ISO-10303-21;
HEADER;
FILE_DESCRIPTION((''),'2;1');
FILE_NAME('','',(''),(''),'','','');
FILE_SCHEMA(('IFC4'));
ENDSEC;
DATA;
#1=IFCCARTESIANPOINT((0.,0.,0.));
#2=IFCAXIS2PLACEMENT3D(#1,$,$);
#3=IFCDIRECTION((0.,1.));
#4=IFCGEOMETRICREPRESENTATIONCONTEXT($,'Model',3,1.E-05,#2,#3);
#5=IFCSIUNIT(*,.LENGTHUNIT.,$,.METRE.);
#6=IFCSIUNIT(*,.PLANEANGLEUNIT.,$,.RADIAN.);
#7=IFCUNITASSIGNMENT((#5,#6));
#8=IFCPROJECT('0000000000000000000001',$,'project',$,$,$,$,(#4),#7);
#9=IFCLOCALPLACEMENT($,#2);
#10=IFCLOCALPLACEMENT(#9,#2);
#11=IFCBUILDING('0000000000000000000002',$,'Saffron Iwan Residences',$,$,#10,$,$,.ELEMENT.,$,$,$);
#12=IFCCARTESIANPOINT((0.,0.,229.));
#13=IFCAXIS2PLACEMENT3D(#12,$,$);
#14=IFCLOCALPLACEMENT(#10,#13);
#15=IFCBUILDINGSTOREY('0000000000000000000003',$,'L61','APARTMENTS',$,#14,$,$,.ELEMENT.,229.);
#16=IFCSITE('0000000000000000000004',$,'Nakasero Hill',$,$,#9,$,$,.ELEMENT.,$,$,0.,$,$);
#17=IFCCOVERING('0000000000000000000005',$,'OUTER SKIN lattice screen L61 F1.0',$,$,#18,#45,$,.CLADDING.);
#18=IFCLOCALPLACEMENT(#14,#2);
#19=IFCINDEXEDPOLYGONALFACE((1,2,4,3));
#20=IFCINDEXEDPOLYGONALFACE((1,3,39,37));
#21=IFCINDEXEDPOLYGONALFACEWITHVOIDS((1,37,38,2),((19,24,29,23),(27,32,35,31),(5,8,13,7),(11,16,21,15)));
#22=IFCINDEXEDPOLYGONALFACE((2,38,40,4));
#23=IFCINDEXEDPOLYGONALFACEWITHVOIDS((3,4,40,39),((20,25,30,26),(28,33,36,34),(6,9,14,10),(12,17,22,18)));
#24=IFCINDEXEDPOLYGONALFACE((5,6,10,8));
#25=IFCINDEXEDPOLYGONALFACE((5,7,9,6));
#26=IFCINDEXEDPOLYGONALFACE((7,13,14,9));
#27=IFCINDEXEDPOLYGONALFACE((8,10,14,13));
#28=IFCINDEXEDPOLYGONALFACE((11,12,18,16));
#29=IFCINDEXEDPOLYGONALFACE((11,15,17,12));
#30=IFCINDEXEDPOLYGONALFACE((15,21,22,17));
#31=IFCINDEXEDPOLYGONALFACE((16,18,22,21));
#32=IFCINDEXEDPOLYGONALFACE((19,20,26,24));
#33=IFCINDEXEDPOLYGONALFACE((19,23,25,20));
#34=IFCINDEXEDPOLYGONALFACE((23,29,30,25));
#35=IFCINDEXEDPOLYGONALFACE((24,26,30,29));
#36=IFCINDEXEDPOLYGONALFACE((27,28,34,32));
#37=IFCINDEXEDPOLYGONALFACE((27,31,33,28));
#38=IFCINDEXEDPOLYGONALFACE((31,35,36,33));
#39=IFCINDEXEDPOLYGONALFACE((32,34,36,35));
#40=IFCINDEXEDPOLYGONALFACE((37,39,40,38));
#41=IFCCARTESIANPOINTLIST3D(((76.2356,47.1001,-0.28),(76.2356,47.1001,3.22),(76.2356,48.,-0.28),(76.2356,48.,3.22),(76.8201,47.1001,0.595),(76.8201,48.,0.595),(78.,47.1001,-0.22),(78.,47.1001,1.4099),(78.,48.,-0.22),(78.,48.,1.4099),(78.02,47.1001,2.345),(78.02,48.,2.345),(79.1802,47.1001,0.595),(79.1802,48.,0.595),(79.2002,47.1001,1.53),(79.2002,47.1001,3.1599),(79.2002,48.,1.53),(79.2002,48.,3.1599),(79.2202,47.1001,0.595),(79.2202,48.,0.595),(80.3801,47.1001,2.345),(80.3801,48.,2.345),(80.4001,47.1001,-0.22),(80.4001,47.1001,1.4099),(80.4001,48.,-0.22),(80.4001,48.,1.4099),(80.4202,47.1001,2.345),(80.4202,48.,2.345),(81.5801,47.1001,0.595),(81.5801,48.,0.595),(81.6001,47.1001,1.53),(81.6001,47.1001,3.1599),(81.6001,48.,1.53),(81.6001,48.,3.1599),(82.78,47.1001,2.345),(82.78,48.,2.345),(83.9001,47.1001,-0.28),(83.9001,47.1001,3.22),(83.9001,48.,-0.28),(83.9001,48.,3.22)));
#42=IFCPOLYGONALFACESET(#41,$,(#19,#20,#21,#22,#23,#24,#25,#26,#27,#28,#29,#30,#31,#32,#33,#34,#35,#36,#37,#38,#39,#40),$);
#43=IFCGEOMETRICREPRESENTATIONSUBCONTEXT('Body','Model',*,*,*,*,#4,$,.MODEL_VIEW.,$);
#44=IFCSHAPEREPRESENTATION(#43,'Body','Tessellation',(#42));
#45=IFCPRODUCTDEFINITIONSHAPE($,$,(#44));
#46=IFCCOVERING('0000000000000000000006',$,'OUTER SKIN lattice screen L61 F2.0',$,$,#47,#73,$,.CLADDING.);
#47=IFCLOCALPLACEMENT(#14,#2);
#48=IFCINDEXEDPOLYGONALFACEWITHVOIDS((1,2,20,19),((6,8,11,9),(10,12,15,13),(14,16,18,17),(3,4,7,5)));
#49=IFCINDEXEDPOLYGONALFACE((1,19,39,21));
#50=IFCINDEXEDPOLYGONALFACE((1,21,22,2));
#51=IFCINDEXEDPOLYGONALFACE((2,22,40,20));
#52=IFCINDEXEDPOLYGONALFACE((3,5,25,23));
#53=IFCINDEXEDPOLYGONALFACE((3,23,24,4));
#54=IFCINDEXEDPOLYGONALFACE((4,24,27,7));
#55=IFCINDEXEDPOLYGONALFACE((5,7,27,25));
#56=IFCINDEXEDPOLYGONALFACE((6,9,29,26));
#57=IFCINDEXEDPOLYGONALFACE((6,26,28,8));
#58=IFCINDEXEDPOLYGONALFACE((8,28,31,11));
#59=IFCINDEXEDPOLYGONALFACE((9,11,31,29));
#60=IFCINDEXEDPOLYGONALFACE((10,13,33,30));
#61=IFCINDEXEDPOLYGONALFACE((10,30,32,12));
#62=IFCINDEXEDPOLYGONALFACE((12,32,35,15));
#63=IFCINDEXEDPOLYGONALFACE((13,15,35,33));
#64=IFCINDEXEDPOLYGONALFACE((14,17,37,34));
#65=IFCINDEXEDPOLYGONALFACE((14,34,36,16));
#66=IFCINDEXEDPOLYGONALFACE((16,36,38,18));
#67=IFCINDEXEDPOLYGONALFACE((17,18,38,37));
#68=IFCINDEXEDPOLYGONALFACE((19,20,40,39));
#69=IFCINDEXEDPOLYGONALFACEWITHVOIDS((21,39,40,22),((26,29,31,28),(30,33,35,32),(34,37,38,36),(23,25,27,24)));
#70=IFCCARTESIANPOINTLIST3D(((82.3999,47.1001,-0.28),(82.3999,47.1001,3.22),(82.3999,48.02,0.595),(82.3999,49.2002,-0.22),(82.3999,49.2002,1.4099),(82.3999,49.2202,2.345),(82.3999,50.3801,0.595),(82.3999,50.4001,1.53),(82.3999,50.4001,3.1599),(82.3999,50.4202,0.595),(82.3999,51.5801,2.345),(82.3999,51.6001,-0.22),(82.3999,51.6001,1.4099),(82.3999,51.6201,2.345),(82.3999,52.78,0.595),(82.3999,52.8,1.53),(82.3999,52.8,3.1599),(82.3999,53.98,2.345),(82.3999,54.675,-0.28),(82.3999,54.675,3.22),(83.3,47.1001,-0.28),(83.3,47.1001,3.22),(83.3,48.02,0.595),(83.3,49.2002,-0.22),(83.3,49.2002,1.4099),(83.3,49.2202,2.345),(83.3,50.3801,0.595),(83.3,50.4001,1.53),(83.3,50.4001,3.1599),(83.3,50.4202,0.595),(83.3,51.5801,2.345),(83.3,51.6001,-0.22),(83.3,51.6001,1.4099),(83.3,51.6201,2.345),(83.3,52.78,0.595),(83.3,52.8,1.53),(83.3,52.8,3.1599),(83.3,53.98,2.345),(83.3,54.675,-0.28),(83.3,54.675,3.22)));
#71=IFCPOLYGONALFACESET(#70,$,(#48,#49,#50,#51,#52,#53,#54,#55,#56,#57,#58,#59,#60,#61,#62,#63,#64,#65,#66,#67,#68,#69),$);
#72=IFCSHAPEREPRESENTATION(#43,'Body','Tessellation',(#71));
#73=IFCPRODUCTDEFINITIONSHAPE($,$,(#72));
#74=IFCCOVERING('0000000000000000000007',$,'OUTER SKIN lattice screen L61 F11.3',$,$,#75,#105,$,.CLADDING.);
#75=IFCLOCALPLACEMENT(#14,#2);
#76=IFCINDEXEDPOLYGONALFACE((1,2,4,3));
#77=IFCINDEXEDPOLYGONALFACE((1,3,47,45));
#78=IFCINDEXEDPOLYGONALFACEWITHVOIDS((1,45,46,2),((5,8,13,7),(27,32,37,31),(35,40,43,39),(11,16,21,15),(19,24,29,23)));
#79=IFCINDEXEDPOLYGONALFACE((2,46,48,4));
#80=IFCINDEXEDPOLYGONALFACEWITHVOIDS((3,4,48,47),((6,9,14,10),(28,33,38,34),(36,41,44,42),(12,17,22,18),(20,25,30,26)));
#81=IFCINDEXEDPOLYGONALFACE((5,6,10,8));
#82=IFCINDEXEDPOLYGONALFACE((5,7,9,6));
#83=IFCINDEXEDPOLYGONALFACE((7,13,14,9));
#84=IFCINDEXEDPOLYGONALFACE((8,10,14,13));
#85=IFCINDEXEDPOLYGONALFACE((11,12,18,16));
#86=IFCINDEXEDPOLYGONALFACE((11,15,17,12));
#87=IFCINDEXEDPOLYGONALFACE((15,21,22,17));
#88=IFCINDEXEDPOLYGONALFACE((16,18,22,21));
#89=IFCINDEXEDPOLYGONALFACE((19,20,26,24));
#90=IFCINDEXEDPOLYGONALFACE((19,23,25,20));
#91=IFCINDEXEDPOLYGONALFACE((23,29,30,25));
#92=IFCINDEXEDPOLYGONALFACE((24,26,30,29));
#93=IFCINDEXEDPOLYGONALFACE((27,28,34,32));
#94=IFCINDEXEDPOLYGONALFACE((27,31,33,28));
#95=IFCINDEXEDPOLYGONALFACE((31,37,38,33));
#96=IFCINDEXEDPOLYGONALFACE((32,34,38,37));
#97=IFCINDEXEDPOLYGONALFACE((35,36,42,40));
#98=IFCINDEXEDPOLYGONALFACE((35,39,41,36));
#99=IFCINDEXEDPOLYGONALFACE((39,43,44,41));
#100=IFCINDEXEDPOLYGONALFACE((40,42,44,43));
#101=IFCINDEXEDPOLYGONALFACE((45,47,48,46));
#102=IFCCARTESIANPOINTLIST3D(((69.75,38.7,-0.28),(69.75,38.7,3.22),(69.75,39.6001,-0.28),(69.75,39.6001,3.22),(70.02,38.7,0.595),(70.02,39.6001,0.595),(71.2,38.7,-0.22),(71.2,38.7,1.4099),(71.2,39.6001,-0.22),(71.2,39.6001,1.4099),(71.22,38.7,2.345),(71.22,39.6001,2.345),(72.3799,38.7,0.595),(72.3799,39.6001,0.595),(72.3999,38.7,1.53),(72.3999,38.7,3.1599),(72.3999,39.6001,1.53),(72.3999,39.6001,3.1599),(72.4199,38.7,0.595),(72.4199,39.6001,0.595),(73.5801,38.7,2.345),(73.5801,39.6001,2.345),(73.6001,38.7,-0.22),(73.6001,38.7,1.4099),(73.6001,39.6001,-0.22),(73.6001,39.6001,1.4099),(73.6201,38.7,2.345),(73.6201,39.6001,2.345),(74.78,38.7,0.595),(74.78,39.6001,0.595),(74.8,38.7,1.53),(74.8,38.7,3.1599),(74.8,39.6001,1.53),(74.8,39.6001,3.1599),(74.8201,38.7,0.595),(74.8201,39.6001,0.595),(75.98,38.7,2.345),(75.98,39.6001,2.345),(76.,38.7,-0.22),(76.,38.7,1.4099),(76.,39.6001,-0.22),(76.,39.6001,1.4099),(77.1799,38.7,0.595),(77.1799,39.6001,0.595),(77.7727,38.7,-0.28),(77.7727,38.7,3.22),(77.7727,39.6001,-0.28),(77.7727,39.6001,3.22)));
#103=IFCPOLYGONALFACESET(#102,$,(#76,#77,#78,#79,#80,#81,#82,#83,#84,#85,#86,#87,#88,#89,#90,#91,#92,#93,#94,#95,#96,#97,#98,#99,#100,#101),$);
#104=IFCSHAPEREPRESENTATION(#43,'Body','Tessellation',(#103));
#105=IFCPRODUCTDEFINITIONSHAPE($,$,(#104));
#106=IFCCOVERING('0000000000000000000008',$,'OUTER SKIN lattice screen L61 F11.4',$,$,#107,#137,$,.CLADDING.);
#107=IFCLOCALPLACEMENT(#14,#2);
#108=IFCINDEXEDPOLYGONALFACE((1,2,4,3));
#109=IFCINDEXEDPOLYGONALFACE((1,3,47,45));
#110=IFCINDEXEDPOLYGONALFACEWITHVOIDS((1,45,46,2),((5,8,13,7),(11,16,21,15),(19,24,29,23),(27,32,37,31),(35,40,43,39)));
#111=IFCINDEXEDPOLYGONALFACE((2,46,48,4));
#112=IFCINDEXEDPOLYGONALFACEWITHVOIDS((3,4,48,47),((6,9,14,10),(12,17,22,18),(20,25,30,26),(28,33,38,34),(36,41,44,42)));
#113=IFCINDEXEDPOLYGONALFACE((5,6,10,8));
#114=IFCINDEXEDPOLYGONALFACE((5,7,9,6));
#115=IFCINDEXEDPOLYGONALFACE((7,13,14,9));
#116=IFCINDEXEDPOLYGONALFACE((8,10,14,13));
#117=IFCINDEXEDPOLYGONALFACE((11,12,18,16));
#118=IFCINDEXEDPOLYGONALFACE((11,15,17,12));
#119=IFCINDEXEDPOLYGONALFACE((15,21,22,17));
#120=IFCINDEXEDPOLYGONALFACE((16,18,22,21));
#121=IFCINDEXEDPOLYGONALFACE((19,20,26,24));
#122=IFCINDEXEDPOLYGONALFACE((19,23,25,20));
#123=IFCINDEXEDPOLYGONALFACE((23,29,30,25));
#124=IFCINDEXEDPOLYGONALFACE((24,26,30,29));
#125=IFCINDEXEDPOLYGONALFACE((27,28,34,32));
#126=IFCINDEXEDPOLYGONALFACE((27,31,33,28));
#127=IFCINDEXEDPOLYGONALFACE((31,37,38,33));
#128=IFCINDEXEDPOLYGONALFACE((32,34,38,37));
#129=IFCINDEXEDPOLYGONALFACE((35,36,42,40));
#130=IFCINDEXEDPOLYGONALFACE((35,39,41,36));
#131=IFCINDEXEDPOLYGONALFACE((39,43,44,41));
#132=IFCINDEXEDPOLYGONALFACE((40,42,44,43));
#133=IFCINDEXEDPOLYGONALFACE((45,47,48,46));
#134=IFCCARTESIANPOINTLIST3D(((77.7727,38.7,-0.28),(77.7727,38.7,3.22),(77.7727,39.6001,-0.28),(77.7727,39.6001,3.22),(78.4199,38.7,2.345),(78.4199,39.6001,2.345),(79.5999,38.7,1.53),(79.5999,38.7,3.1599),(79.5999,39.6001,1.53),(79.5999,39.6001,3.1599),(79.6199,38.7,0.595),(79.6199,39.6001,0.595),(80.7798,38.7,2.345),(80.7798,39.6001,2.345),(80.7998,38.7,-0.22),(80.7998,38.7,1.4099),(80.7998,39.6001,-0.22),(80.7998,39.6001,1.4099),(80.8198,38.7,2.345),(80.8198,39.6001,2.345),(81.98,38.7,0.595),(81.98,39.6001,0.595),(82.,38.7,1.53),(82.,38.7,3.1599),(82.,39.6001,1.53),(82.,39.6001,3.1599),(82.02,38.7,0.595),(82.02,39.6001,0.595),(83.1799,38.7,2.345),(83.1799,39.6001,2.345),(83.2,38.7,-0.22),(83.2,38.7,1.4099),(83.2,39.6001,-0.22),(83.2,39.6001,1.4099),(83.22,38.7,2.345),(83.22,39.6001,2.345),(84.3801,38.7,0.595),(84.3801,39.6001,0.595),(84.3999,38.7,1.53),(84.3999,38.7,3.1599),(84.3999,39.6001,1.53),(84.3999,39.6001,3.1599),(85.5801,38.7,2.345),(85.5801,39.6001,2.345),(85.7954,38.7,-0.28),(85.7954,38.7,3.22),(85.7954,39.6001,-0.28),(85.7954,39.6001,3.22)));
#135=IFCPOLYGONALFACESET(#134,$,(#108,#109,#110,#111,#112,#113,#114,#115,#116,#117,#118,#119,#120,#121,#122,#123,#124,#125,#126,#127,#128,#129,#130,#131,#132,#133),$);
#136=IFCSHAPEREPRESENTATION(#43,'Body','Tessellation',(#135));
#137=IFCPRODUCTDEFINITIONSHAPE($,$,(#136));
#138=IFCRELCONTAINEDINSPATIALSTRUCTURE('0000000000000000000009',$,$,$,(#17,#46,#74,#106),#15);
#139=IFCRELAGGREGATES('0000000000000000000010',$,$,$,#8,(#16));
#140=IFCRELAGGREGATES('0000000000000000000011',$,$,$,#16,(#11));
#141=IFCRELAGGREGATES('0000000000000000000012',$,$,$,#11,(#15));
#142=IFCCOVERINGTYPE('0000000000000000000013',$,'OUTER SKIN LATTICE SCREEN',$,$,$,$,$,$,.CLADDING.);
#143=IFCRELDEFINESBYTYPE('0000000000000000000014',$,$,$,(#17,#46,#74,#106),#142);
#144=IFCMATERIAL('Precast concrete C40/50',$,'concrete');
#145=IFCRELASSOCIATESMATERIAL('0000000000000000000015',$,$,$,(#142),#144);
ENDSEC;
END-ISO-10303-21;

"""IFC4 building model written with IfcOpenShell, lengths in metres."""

from ifc_helpers import new_model, si_unit, direction, frame, origin, place, context, subcontext, project, spatial, polyline, outline, extrude, material, type_object, element, save


model = new_model("IFC4")

# Units and contexts
model_context = context("Model", 3, precision=1e-05, world=origin(), true_north=direction((0.0, 1.0)))
body_context = subcontext(model_context, "Body", "Model", "MODEL_VIEW")
ifc_project = project(units=[si_unit("LENGTHUNIT", "METRE"), si_unit("PLANEANGLEUNIT", "RADIAN")], contexts=[model_context])

# Site, building, storey
site_placement = place(None, origin())
site = spatial("IfcSite", under=ifc_project, at=site_placement, Name="Nakasero Hill", CompositionType="ELEMENT", RefElevation=0.0)
building_placement = place(site_placement, origin())
building = spatial("IfcBuilding", under=site, at=building_placement, Name="Saffron Iwan Residences", CompositionType="ELEMENT")
storey_placement = place(building_placement, frame((0.0, 0.0, 229.0)))
storey = spatial("IfcBuildingStorey", under=building, at=storey_placement, Name="L61", Description="APARTMENTS", CompositionType="ELEMENT", Elevation=229.0)

# Coverings
ifc_material_1 = material(Name="Precast concrete C40/50", Category="concrete")
covering_type = type_object("IfcCoveringType", Name="OUTER SKIN LATTICE SCREEN", PredefinedType="CLADDING", material=ifc_material_1)
covering_1_placement = place(storey_placement, frame((76.2356, 48.0, -0.28), z_axis=(0.0, -1.0, 0.0), x_axis=(1.0, 0.0, 0.0)))
element("IfcCovering", 1, at=covering_1_placement, inside=storey, type_object=covering_type, Name="OUTER SKIN lattice screen L61 F1.0", PredefinedType="CLADDING", context=body_context, shape_type="SweptSolid", body=[
    extrude(outline(polyline([(0.0, 0.0), (7.6646, 0.0), (7.6646, 3.5), (0.0, 3.5), (0.0, 0.0)]), holes=[polyline([(0.5845, 0.875), (1.7644, 0.0601), (2.9446, 0.875), (1.7644, 1.6899), (0.5845, 0.875)]), polyline([(2.9846, 0.875), (4.1646, 0.0601), (5.3445, 0.875), (4.1646, 1.6899), (2.9846, 0.875)]), polyline([(1.7844, 2.625), (2.9646, 1.8101), (4.1445, 2.625), (2.9646, 3.4399), (1.7844, 2.625)]), polyline([(4.1846, 2.625), (5.3645, 1.8101), (6.5444, 2.625), (5.3645, 3.4399), (4.1846, 2.625)])]), origin(), (0.0, 0.0, 1.0), 0.8999),
])
covering_2_placement = place(storey_placement, frame((82.3999, 47.1001, -0.28), z_axis=(1.0, 0.0, 0.0), x_axis=(0.0, 1.0, 0.0)))
element("IfcCovering", 2, at=covering_2_placement, inside=storey, type_object=covering_type, Name="OUTER SKIN lattice screen L61 F2.0", PredefinedType="CLADDING", context=body_context, shape_type="SweptSolid", body=[
    extrude(outline(polyline([(0.0, 0.0), (7.575, 0.0), (7.575, 3.5), (0.0, 3.5), (0.0, 0.0)]), holes=[polyline([(0.9199, 0.875), (2.1001, 0.0601), (3.28, 0.875), (2.1001, 1.6899), (0.9199, 0.875)]), polyline([(3.3201, 0.875), (4.5, 0.0601), (5.6799, 0.875), (4.5, 1.6899), (3.3201, 0.875)]), polyline([(2.1201, 2.625), (3.3, 1.8101), (4.48, 2.625), (3.3, 3.4399), (2.1201, 2.625)]), polyline([(4.52, 2.625), (5.7, 1.8101), (6.8799, 2.625), (5.7, 3.4399), (4.52, 2.625)])]), origin(), (0.0, 0.0, 1.0), 0.9001),
])
covering_3_placement = place(storey_placement, frame((69.75, 39.6001, -0.28), z_axis=(0.0, -1.0, 0.0), x_axis=(1.0, 0.0, 0.0)))
element("IfcCovering", 3, at=covering_3_placement, inside=storey, type_object=covering_type, Name="OUTER SKIN lattice screen L61 F11.3", PredefinedType="CLADDING", context=body_context, shape_type="SweptSolid", body=[
    extrude(outline(polyline([(0.0, 0.0), (8.0227, 0.0), (8.0227, 3.5), (0.0, 3.5), (0.0, 0.0)]), holes=[polyline([(0.27, 0.875), (1.45, 0.0601), (2.6299, 0.875), (1.45, 1.6899), (0.27, 0.875)]), polyline([(2.6699, 0.875), (3.8501, 0.0601), (5.03, 0.875), (3.8501, 1.6899), (2.6699, 0.875)]), polyline([(5.0701, 0.875), (6.25, 0.0601), (7.4299, 0.875), (6.25, 1.6899), (5.0701, 0.875)]), polyline([(1.47, 2.625), (2.6499, 1.8101), (3.8301, 2.625), (2.6499, 3.4399), (1.47, 2.625)]), polyline([(3.8701, 2.625), (5.05, 1.8101), (6.23, 2.625), (5.05, 3.4399), (3.8701, 2.625)])]), origin(), (0.0, 0.0, 1.0), 0.9001),
])
covering_4_placement = place(storey_placement, frame((77.7727, 39.6001, -0.28), z_axis=(0.0, -1.0, 0.0), x_axis=(1.0, 0.0, 0.0)))
element("IfcCovering", 4, at=covering_4_placement, inside=storey, type_object=covering_type, Name="OUTER SKIN lattice screen L61 F11.4", PredefinedType="CLADDING", context=body_context, shape_type="SweptSolid", body=[
    extrude(outline(polyline([(0.0, 0.0), (8.0227, 0.0), (8.0227, 3.5), (0.0, 3.5), (0.0, 0.0)]), holes=[polyline([(1.8472, 0.875), (3.0271, 0.0601), (4.2073, 0.875), (3.0271, 1.6899), (1.8472, 0.875)]), polyline([(4.2473, 0.875), (5.4272, 0.0601), (6.6074, 0.875), (5.4272, 1.6899), (4.2473, 0.875)]), polyline([(0.6472, 2.625), (1.8271, 1.8101), (3.0071, 2.625), (1.8271, 3.4399), (0.6472, 2.625)]), polyline([(3.0471, 2.625), (4.2273, 1.8101), (5.4072, 2.625), (4.2273, 3.4399), (3.0471, 2.625)]), polyline([(5.4473, 2.625), (6.6272, 1.8101), (7.8074, 2.625), (6.6272, 3.4399), (5.4473, 2.625)])]), origin(), (0.0, 0.0, 1.0), 0.9001),
])

save(model, "model.ifc")
